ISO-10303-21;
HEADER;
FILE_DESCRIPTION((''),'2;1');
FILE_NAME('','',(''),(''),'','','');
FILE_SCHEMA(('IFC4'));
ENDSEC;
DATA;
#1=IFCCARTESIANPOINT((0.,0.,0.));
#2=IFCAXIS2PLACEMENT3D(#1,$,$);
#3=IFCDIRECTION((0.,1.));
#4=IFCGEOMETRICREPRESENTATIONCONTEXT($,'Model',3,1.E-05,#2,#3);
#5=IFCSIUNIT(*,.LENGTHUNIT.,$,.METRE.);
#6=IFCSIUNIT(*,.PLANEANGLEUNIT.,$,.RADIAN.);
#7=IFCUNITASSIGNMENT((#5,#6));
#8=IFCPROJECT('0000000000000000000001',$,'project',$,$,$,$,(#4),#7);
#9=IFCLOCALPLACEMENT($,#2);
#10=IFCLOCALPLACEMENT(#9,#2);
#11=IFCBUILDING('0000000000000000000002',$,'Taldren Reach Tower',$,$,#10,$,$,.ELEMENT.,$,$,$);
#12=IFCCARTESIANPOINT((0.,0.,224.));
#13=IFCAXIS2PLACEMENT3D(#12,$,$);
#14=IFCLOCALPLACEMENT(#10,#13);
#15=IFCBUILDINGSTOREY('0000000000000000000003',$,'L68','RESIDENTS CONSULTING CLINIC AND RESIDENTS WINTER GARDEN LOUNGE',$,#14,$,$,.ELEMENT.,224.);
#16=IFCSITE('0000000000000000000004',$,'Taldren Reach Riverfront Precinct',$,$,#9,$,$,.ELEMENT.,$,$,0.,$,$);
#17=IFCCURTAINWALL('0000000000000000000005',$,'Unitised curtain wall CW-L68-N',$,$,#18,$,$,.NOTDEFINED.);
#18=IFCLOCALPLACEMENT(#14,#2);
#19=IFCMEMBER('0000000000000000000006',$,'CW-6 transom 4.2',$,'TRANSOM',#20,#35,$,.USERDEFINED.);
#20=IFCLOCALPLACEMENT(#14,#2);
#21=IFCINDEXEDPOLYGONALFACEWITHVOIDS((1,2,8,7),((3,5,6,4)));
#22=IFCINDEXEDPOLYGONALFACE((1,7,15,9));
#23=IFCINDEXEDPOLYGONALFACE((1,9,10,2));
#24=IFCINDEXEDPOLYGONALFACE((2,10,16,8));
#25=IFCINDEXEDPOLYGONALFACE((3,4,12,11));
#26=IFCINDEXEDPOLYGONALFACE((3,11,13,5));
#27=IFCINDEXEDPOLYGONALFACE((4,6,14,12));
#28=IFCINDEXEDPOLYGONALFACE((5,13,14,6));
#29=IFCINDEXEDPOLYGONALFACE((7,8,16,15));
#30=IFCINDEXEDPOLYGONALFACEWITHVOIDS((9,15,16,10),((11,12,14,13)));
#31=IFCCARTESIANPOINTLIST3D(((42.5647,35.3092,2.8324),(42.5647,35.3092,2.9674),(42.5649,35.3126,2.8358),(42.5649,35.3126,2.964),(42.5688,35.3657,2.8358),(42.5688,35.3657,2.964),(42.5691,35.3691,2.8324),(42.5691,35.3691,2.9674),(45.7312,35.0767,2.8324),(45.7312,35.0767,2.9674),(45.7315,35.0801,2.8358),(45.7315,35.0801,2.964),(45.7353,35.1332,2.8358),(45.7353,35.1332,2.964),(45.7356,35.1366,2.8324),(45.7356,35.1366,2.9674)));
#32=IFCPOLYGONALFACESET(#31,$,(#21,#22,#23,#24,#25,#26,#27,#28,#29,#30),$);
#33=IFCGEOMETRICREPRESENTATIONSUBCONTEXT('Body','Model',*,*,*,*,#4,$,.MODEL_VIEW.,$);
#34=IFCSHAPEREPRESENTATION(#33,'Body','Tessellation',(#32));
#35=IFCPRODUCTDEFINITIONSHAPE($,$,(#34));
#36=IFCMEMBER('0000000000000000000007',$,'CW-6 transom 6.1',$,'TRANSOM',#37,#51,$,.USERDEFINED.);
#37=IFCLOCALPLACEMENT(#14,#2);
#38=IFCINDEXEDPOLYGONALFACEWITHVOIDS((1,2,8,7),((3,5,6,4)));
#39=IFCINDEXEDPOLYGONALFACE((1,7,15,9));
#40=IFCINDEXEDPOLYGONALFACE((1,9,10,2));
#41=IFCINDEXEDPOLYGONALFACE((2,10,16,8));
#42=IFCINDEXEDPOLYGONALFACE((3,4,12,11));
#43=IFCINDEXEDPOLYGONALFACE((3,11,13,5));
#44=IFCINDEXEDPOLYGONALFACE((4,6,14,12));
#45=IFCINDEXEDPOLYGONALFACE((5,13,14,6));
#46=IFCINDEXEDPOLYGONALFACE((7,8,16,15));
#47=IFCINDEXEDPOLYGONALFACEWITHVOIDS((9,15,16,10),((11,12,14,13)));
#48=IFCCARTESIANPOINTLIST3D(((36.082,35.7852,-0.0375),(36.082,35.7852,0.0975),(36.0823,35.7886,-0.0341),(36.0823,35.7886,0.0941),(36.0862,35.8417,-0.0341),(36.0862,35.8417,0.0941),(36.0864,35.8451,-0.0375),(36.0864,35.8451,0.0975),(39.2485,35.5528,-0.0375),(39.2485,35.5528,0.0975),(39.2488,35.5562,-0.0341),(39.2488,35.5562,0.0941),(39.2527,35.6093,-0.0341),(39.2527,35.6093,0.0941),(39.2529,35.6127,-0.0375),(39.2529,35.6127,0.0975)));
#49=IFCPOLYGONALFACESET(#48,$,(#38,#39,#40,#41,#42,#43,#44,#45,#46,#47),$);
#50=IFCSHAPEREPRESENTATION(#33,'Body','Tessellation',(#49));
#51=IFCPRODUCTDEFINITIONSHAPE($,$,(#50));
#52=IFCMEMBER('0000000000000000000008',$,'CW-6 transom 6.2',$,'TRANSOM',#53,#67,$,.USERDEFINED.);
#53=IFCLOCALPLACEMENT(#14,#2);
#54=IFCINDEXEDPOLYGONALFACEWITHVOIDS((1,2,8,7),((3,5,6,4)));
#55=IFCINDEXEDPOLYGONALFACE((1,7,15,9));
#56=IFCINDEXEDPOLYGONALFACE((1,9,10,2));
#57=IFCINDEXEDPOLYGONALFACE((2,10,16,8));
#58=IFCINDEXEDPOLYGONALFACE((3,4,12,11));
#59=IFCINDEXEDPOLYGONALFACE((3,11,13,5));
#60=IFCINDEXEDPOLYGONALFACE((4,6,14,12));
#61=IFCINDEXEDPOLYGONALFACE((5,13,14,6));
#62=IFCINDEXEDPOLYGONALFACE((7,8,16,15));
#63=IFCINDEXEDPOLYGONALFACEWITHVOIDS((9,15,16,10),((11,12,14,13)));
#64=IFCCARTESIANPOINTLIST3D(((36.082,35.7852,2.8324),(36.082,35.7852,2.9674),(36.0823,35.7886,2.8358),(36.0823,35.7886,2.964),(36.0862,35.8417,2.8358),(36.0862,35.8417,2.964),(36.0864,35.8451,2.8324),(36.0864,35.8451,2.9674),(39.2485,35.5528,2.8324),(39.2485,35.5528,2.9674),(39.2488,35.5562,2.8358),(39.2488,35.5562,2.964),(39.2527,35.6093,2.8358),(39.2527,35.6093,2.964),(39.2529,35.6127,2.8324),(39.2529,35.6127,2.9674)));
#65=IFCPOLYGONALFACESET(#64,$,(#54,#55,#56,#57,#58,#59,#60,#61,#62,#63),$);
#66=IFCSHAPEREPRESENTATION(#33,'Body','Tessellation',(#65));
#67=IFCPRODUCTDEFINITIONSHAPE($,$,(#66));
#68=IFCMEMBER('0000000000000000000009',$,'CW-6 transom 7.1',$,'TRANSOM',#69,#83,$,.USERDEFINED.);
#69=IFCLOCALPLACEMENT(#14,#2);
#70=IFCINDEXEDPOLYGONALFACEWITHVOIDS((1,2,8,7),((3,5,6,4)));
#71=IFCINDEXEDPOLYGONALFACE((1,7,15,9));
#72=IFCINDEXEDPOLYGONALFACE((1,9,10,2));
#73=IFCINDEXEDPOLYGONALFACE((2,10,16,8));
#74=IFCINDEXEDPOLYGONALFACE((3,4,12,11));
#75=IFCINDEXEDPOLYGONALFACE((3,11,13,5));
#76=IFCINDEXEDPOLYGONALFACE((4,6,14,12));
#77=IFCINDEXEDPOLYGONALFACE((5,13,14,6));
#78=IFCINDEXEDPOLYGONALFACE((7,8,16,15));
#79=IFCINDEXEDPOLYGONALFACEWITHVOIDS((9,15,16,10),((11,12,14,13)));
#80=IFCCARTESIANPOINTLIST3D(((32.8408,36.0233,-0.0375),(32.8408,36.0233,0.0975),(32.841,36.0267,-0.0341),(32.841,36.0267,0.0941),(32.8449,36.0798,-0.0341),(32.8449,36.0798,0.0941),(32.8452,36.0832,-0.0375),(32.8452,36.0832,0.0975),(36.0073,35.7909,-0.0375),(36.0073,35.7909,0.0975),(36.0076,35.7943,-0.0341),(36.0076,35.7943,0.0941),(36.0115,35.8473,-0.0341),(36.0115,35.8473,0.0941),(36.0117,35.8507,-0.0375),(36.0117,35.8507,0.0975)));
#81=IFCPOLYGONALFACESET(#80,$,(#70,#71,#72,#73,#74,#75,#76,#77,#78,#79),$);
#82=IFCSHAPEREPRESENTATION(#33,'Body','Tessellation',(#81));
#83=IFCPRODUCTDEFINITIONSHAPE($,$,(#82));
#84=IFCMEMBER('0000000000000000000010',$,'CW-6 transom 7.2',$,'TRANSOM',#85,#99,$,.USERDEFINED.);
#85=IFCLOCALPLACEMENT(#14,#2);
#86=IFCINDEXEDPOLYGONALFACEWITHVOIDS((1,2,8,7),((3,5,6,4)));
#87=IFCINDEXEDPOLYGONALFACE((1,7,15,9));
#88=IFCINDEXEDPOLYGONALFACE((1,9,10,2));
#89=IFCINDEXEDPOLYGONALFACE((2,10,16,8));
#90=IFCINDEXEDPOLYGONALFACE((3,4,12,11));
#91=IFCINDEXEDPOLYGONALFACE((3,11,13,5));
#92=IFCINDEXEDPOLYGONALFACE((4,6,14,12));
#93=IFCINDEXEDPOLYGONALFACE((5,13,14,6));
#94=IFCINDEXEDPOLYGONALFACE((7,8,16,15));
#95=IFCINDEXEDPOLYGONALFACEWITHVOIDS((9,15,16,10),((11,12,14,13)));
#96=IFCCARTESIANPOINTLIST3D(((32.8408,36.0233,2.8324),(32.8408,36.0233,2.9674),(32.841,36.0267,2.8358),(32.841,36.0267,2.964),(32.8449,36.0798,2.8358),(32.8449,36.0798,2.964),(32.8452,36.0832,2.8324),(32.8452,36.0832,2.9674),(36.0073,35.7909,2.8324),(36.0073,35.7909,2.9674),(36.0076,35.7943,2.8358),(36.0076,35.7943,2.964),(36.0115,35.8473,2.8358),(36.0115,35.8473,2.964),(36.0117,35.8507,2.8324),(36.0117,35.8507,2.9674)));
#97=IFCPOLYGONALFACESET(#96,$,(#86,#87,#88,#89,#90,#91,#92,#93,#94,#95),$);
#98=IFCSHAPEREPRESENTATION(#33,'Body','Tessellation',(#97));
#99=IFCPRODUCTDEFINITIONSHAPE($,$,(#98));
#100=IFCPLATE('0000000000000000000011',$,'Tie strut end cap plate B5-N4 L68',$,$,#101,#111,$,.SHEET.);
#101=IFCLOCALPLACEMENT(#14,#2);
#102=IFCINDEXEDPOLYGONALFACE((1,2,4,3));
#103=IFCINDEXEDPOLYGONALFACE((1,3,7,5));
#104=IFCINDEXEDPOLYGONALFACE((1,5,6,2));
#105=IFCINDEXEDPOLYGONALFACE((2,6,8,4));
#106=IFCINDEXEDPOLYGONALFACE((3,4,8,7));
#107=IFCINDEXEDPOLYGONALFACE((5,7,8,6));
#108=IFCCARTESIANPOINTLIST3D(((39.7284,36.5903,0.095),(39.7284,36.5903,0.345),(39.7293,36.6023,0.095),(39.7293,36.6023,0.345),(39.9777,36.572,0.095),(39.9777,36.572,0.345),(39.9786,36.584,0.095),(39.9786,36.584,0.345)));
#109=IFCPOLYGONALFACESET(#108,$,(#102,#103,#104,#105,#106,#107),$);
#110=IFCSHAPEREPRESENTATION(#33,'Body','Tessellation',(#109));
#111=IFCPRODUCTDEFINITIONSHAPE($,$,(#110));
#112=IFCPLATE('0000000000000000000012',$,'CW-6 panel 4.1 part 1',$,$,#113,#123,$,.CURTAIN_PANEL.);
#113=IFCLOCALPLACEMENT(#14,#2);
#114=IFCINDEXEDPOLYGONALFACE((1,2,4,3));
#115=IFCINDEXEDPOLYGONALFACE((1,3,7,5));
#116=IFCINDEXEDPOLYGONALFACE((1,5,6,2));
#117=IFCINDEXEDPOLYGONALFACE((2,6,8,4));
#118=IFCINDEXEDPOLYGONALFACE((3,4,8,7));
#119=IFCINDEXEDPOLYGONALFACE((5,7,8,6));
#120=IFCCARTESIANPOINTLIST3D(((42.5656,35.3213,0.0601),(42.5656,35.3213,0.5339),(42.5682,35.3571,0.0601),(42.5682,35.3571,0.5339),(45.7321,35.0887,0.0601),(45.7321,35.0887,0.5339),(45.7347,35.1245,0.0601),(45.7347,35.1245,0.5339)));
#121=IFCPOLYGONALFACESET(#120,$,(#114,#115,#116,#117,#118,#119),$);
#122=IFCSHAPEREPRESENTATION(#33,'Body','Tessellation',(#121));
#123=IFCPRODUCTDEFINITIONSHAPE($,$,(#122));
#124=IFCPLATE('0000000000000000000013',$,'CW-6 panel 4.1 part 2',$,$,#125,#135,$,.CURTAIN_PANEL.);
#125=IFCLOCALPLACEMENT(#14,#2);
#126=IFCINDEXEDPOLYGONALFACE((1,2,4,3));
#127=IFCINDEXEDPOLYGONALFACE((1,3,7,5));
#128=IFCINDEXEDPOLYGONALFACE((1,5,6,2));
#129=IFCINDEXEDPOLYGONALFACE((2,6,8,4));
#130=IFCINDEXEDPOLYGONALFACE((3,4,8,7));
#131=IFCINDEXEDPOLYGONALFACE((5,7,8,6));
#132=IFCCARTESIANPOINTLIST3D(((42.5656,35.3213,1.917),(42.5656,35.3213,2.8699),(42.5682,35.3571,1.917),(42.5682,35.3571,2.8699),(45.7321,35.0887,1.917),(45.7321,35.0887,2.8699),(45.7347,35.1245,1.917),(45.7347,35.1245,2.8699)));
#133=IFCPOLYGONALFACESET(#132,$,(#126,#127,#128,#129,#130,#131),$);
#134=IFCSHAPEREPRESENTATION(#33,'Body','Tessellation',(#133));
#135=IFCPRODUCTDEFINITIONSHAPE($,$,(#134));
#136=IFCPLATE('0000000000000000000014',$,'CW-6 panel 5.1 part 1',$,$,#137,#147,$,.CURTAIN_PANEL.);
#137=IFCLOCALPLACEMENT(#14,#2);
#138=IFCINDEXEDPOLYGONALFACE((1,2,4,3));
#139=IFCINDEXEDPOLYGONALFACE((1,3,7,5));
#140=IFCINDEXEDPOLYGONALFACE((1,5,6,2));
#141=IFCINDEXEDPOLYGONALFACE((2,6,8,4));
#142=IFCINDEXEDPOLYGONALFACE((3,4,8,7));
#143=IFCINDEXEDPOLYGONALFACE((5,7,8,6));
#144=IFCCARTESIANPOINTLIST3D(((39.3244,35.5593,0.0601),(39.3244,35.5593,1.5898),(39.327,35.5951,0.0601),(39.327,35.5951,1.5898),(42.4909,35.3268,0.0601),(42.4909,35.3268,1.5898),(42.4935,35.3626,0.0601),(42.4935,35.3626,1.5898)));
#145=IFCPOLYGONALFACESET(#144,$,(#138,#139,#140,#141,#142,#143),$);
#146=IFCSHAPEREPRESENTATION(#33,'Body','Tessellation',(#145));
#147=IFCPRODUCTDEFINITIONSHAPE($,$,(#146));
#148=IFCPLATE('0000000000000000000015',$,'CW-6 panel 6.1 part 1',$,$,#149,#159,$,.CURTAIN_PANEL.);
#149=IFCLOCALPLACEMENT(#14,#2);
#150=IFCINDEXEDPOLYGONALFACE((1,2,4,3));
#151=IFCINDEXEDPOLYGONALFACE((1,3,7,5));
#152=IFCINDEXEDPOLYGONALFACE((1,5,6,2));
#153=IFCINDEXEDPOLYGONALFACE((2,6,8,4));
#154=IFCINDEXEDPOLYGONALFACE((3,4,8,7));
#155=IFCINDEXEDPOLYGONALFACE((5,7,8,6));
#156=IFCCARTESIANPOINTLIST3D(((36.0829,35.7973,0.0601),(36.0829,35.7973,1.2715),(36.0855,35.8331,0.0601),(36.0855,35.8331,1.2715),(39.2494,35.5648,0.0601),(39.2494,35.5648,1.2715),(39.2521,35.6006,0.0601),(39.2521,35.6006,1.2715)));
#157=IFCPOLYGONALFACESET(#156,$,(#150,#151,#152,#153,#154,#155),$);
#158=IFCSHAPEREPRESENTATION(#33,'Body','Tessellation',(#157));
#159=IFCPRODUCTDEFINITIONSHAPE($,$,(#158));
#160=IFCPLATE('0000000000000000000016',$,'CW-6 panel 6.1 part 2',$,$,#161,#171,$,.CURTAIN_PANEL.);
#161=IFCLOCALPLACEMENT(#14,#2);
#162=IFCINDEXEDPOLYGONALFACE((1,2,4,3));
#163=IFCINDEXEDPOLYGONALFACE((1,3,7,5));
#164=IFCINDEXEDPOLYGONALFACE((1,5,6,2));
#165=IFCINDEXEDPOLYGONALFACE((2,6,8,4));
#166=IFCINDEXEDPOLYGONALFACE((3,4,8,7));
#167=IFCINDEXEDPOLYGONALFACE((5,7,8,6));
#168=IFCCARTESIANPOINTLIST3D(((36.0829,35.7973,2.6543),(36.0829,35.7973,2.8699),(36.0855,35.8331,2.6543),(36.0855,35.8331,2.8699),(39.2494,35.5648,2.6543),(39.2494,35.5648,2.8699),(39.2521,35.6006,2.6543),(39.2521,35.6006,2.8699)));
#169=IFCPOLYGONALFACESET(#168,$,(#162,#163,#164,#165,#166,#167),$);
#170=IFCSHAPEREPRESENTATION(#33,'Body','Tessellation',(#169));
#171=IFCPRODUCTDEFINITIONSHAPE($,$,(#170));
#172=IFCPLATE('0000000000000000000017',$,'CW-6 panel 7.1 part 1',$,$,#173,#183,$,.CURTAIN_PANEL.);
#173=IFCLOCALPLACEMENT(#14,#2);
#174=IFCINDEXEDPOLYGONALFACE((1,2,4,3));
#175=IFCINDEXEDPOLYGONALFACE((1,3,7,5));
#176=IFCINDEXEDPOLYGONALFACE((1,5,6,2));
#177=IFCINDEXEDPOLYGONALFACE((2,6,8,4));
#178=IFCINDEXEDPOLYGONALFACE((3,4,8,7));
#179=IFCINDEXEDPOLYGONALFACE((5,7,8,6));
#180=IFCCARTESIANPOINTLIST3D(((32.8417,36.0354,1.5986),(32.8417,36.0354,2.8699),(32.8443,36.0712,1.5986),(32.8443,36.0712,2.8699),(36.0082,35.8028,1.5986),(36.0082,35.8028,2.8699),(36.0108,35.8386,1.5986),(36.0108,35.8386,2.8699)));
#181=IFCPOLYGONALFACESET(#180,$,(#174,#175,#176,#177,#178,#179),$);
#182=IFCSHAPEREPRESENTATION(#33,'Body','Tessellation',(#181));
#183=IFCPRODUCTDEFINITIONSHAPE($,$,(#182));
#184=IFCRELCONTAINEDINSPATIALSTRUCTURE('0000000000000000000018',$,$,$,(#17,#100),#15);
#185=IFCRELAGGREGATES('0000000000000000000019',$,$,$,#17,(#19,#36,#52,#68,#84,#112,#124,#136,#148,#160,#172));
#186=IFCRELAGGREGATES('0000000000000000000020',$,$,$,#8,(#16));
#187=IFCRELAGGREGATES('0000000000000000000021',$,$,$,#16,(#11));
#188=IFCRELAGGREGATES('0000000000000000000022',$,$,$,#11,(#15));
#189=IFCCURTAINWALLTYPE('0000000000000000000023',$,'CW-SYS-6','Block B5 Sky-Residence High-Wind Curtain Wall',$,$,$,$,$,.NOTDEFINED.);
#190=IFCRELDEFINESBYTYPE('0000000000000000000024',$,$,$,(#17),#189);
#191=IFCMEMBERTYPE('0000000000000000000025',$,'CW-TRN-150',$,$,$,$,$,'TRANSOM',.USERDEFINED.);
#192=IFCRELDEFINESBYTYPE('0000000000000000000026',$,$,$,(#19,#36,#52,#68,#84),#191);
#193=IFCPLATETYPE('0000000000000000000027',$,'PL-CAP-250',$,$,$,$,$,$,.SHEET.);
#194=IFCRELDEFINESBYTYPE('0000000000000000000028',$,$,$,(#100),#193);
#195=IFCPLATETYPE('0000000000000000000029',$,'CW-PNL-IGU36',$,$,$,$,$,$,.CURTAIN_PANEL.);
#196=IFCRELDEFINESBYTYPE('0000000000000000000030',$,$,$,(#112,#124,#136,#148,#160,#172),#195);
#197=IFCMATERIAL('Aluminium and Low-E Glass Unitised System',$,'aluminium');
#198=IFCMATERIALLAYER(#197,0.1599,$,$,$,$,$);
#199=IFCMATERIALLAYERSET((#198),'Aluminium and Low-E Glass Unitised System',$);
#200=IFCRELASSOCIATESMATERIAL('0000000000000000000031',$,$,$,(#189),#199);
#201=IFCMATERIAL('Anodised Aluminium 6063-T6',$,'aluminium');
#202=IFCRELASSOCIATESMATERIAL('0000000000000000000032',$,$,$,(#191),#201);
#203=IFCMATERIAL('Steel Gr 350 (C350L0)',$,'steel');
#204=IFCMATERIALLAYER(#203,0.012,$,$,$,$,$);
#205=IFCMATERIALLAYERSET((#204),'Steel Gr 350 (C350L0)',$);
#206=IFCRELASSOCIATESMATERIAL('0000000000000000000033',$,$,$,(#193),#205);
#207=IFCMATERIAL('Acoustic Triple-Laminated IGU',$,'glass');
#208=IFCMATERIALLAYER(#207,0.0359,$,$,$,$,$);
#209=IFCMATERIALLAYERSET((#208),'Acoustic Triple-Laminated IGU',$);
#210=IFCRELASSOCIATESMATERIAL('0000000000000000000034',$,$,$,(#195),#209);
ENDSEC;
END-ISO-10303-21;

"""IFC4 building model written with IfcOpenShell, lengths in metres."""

from ifc_helpers import new_model, si_unit, direction, frame, origin, origin_2d, place, context, subcontext, project, spatial, rectangle, hollow_rectangle, extrude, source, transform, mapped, material, layer, layer_set, material_profile, profile_set, type_object, element, aggregate, save


model = new_model("IFC4")

# Units and contexts
model_context = context("Model", 3, precision=1e-05, world=origin(), true_north=direction((0.0, 1.0)))
body_context = subcontext(model_context, "Body", "Model", "MODEL_VIEW")
ifc_project = project(units=[si_unit("LENGTHUNIT", "METRE"), si_unit("PLANEANGLEUNIT", "RADIAN")], contexts=[model_context])

# Site, building, storey
site_placement = place(None, origin())
site = spatial("IfcSite", under=ifc_project, at=site_placement, Name="Taldren Reach Riverfront Precinct", CompositionType="ELEMENT", RefElevation=0.0)
building_placement = place(site_placement, origin())
building = spatial("IfcBuilding", under=site, at=building_placement, Name="Taldren Reach Tower", CompositionType="ELEMENT")
storey_placement = place(building_placement, frame((0.0, 0.0, 224.0)))
storey = spatial("IfcBuildingStorey", under=building, at=storey_placement, Name="L68", Description="RESIDENTS CONSULTING CLINIC AND RESIDENTS WINTER GARDEN LOUNGE", CompositionType="ELEMENT", Elevation=224.0)

# Shared definitions
ifc_material_1 = material(Name="Steel Gr 350 (C350L0)", Category="steel")

# Curtain wall, members
ifc_material_2 = material(Name="Aluminium and Low-E Glass Unitised System", Category="aluminium")
ifc_layer_1 = layer(ifc_material_2, 0.1599)
ifc_layer_set_1 = layer_set([ifc_layer_1], Name="Aluminium and Low-E Glass Unitised System")
curtain_wall_type = type_object("IfcCurtainWallType", Name="CW-SYS-6", Description="Block B5 Sky-Residence High-Wind Curtain Wall", PredefinedType="NOTDEFINED", material=ifc_layer_set_1)
curtain_wall_placement = place(storey_placement, origin())
curtain_wall = element("IfcCurtainWall", 1, at=curtain_wall_placement, inside=storey, type_object=curtain_wall_type, Name="Unitised curtain wall CW-L68-N", PredefinedType="NOTDEFINED")
ifc_material_3 = material(Name="Anodised Aluminium 6063-T6", Category="aluminium")
ifc_material_profile_1 = material_profile(ifc_material_3, hollow_rectangle(XDim=0.0601, YDim=0.135, WallThickness=0.0034, at=origin_2d()), Name="ALU-135x60x3.5RHS")
ifc_profile_set_1 = profile_set([ifc_material_profile_1], Name="Anodised Aluminium 6063-T6")
member_type_1 = type_object("IfcMemberType", Name="CW-TRN-150", ElementType="TRANSOM", PredefinedType="USERDEFINED", material=ifc_profile_set_1)
shared_shape_1 = source(origin(), body_context, "Body", "SweptSolid", [
    extrude(hollow_rectangle(XDim=0.0601, YDim=0.135, WallThickness=0.0034, at=origin_2d()), origin(), (0.0, 0.0, 1.0), 3.175),
])
member_1_placement = place(storey_placement, frame((45.7334, 35.1067, 2.8999), z_axis=(-0.997317, 0.073203, 0.0), x_axis=(-0.073203, -0.997317, 0.0)))
member_1 = element("IfcMember", 2, at=member_1_placement, type_object=member_type_1, Name="CW-6 transom 4.2", ObjectType="TRANSOM", PredefinedType="USERDEFINED", context=body_context, shape_type="MappedRepresentation", body=[
    mapped(shared_shape_1, transform((0.0, 0.0, 0.0), scale=1.0)),
])
member_2_placement = place(storey_placement, frame((39.2507, 35.5828, 0.03), z_axis=(-0.997317, 0.073203, 0.0), x_axis=(-0.073203, -0.997317, 0.0)))
member_2 = element("IfcMember", 3, at=member_2_placement, type_object=member_type_1, Name="CW-6 transom 6.1", ObjectType="TRANSOM", PredefinedType="USERDEFINED", context=body_context, shape_type="MappedRepresentation", body=[
    mapped(shared_shape_1, transform((0.0, 0.0, 0.0), scale=1.0)),
])
member_3_placement = place(storey_placement, frame((39.2507, 35.5828, 2.8999), z_axis=(-0.997317, 0.073203, 0.0), x_axis=(-0.073203, -0.997317, 0.0)))
member_3 = element("IfcMember", 4, at=member_3_placement, type_object=member_type_1, Name="CW-6 transom 6.2", ObjectType="TRANSOM", PredefinedType="USERDEFINED", context=body_context, shape_type="MappedRepresentation", body=[
    mapped(shared_shape_1, transform((0.0, 0.0, 0.0), scale=1.0)),
])
member_4_placement = place(storey_placement, frame((36.0095, 35.8208, 0.03), z_axis=(-0.997317, 0.073203, 0.0), x_axis=(-0.073203, -0.997317, 0.0)))
member_4 = element("IfcMember", 5, at=member_4_placement, type_object=member_type_1, Name="CW-6 transom 7.1", ObjectType="TRANSOM", PredefinedType="USERDEFINED", context=body_context, shape_type="MappedRepresentation", body=[
    mapped(shared_shape_1, transform((0.0, 0.0, 0.0), scale=1.0)),
])
member_5_placement = place(storey_placement, frame((36.0095, 35.8208, 2.8999), z_axis=(-0.997317, 0.073203, 0.0), x_axis=(-0.073203, -0.997317, 0.0)))
member_5 = element("IfcMember", 6, at=member_5_placement, type_object=member_type_1, Name="CW-6 transom 7.2", ObjectType="TRANSOM", PredefinedType="USERDEFINED", context=body_context, shape_type="MappedRepresentation", body=[
    mapped(shared_shape_1, transform((0.0, 0.0, 0.0), scale=1.0)),
])

# Plates
ifc_layer_2 = layer(ifc_material_1, 0.012)
ifc_layer_set_2 = layer_set([ifc_layer_2], Name="Steel Gr 350 (C350L0)")
plate_type_1 = type_object("IfcPlateType", Name="PL-CAP-250", PredefinedType="SHEET", material=ifc_layer_set_2)
shared_shape_2 = source(origin(), body_context, "Body", "SweptSolid", [
    extrude(rectangle(XDim=0.25, YDim=0.012, at=origin_2d()), origin(), (0.0, 0.0, 1.0), 0.25),
])
plate_1_placement = place(storey_placement, frame((39.8535, 36.5872, 0.095), z_axis=(0.0, 0.0, 1.0), x_axis=(0.997314, -0.073238, 0.0)))
element("IfcPlate", 7, at=plate_1_placement, inside=storey, type_object=plate_type_1, Name="Tie strut end cap plate B5-N4 L68", PredefinedType="SHEET", context=body_context, shape_type="MappedRepresentation", body=[
    mapped(shared_shape_2, transform((0.0, 0.0, 0.0), scale=1.0)),
])
ifc_material_4 = material(Name="Acoustic Triple-Laminated IGU", Category="glass")
ifc_layer_3 = layer(ifc_material_4, 0.0359)
ifc_layer_set_3 = layer_set([ifc_layer_3], Name="Acoustic Triple-Laminated IGU")
plate_type_2 = type_object("IfcPlateType", Name="CW-PNL-IGU36", PredefinedType="CURTAIN_PANEL", material=ifc_layer_set_3)
shared_shape_3 = source(origin(), body_context, "Body", "SweptSolid", [
    extrude(rectangle(XDim=3.175, YDim=0.0359, at=origin_2d()), origin(), (0.0, 0.0, 1.0), 0.4739),
])
plate_2_placement = place(storey_placement, frame((44.1501, 35.2229, 0.0601), z_axis=(0.0, 0.0, 1.0), x_axis=(-0.997314, 0.073238, 0.0)))
plate_2 = element("IfcPlate", 8, at=plate_2_placement, type_object=plate_type_2, Name="CW-6 panel 4.1 part 1", PredefinedType="CURTAIN_PANEL", context=body_context, shape_type="MappedRepresentation", body=[
    mapped(shared_shape_3, transform((0.0, 0.0, 0.0), scale=1.0)),
])
shared_shape_4 = source(origin(), body_context, "Body", "SweptSolid", [
    extrude(rectangle(XDim=3.175, YDim=0.0359, at=origin_2d()), origin(), (0.0, 0.0, 1.0), 0.9529),
])
plate_3_placement = place(storey_placement, frame((44.1501, 35.2229, 1.917), z_axis=(0.0, 0.0, 1.0), x_axis=(-0.997314, 0.073238, 0.0)))
plate_3 = element("IfcPlate", 9, at=plate_3_placement, type_object=plate_type_2, Name="CW-6 panel 4.1 part 2", PredefinedType="CURTAIN_PANEL", context=body_context, shape_type="MappedRepresentation", body=[
    mapped(shared_shape_4, transform((0.0, 0.0, 0.0), scale=1.0)),
])
shared_shape_5 = source(origin(), body_context, "Body", "SweptSolid", [
    extrude(rectangle(XDim=3.175, YDim=0.0359, at=origin_2d()), origin(), (0.0, 0.0, 1.0), 1.5298),
])
plate_4_placement = place(storey_placement, frame((40.9089, 35.4609, 0.0601), z_axis=(0.0, 0.0, 1.0), x_axis=(-0.997314, 0.073238, 0.0)))
plate_4 = element("IfcPlate", 10, at=plate_4_placement, type_object=plate_type_2, Name="CW-6 panel 5.1 part 1", PredefinedType="CURTAIN_PANEL", context=body_context, shape_type="MappedRepresentation", body=[
    mapped(shared_shape_5, transform((0.0, 0.0, 0.0), scale=1.0)),
])
shared_shape_6 = source(origin(), body_context, "Body", "SweptSolid", [
    extrude(rectangle(XDim=3.175, YDim=0.0359, at=origin_2d()), origin(), (0.0, 0.0, 1.0), 1.2114),
])
plate_5_placement = place(storey_placement, frame((37.6675, 35.699, 0.0601), z_axis=(0.0, 0.0, 1.0), x_axis=(-0.997314, 0.073238, 0.0)))
plate_5 = element("IfcPlate", 11, at=plate_5_placement, type_object=plate_type_2, Name="CW-6 panel 6.1 part 1", PredefinedType="CURTAIN_PANEL", context=body_context, shape_type="MappedRepresentation", body=[
    mapped(shared_shape_6, transform((0.0, 0.0, 0.0), scale=1.0)),
])
shared_shape_7 = source(origin(), body_context, "Body", "SweptSolid", [
    extrude(rectangle(XDim=3.175, YDim=0.0359, at=origin_2d()), origin(), (0.0, 0.0, 1.0), 0.2156),
])
plate_6_placement = place(storey_placement, frame((37.6675, 35.699, 2.6543), z_axis=(0.0, 0.0, 1.0), x_axis=(-0.997314, 0.073238, 0.0)))
plate_6 = element("IfcPlate", 12, at=plate_6_placement, type_object=plate_type_2, Name="CW-6 panel 6.1 part 2", PredefinedType="CURTAIN_PANEL", context=body_context, shape_type="MappedRepresentation", body=[
    mapped(shared_shape_7, transform((0.0, 0.0, 0.0), scale=1.0)),
])
shared_shape_8 = source(origin(), body_context, "Body", "SweptSolid", [
    extrude(rectangle(XDim=3.175, YDim=0.0359, at=origin_2d()), origin(), (0.0, 0.0, 1.0), 1.2712),
])
plate_7_placement = place(storey_placement, frame((34.4263, 35.937, 1.5986), z_axis=(0.0, 0.0, 1.0), x_axis=(-0.997314, 0.073238, 0.0)))
plate_7 = element("IfcPlate", 13, at=plate_7_placement, type_object=plate_type_2, Name="CW-6 panel 7.1 part 1", PredefinedType="CURTAIN_PANEL", context=body_context, shape_type="MappedRepresentation", body=[
    mapped(shared_shape_8, transform((0.0, 0.0, 0.0), scale=1.0)),
])
aggregate(curtain_wall, [member_1, member_2, member_3, member_4, member_5, plate_2, plate_3, plate_4, plate_5, plate_6, plate_7])

save(model, "model.ifc")
